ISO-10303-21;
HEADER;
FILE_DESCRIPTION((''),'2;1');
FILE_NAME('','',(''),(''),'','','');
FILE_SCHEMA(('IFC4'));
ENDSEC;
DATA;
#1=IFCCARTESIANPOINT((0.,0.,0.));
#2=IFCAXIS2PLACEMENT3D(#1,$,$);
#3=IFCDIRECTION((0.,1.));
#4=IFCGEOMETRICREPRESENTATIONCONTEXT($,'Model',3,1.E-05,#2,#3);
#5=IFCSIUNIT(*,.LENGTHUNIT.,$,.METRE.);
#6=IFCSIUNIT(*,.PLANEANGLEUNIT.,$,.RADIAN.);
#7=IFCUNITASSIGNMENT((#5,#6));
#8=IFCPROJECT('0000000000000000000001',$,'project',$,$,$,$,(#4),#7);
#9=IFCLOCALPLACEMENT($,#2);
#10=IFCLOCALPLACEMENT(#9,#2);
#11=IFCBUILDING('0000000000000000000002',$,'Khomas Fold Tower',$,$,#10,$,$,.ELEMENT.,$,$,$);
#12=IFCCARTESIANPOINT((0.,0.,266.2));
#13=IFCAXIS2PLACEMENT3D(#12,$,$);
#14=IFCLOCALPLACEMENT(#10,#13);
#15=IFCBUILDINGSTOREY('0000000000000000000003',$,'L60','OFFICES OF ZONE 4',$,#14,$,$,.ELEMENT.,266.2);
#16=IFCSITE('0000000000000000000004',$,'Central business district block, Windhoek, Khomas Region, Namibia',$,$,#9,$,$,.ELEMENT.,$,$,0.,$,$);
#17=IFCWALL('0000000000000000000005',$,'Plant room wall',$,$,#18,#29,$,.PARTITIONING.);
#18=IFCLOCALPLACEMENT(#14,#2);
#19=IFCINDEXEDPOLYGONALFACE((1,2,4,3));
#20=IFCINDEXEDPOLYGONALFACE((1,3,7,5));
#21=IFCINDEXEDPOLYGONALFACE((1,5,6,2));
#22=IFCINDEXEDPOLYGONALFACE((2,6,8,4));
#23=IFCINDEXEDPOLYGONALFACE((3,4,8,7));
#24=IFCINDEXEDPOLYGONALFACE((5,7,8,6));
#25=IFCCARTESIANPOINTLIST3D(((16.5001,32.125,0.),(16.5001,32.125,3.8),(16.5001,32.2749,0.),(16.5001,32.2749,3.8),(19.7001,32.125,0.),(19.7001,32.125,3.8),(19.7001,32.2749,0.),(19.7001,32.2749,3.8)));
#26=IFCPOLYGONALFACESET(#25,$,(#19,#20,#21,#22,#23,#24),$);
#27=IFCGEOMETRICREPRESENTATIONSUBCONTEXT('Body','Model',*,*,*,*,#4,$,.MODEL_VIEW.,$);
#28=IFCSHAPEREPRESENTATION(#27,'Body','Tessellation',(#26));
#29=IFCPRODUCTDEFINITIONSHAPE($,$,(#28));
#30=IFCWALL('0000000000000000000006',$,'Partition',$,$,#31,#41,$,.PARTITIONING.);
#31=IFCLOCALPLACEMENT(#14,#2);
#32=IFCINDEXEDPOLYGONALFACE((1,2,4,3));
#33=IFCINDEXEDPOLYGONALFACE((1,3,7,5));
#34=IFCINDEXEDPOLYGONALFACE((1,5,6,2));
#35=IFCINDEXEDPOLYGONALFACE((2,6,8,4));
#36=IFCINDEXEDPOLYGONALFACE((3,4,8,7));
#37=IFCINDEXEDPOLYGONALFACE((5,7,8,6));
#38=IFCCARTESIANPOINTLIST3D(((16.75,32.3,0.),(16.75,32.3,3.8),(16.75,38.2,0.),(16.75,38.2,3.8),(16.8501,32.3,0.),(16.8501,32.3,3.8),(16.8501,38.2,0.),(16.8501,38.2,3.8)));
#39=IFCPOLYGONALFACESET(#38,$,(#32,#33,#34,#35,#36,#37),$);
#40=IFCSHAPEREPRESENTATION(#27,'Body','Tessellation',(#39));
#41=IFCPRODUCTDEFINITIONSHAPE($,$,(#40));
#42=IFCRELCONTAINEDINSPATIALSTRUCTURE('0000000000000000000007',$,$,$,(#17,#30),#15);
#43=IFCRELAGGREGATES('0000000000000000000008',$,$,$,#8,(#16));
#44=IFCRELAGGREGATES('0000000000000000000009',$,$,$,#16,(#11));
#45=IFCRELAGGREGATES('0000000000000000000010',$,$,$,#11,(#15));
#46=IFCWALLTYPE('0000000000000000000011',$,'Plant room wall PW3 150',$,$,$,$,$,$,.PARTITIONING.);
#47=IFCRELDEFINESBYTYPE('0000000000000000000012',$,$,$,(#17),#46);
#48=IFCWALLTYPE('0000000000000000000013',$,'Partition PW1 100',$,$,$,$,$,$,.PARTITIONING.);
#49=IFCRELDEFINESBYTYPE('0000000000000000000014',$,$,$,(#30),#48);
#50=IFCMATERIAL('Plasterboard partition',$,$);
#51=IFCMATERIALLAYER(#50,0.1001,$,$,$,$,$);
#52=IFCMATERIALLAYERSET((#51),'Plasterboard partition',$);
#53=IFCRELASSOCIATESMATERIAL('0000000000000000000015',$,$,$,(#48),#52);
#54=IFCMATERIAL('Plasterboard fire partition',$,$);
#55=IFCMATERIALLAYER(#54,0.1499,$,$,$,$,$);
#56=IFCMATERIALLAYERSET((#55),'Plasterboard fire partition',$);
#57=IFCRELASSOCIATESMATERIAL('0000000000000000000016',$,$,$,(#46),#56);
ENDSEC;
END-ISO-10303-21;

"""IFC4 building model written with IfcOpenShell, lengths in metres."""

from ifc_helpers import new_model, si_unit, direction, frame, frame_2d, origin, place, context, subcontext, project, spatial, rectangle, extrude, source, transform, mapped, material, layer, layer_set, type_object, element, save


model = new_model("IFC4")

# Units and contexts
model_context = context("Model", 3, precision=1e-05, world=origin(), true_north=direction((0.0, 1.0)))
body_context = subcontext(model_context, "Body", "Model", "MODEL_VIEW")
ifc_project = project(units=[si_unit("LENGTHUNIT", "METRE"), si_unit("PLANEANGLEUNIT", "RADIAN")], contexts=[model_context])

# Site, building, storey
site_placement = place(None, origin())
site = spatial("IfcSite", under=ifc_project, at=site_placement, Name="Central business district block, Windhoek, Khomas Region, Namibia", CompositionType="ELEMENT", RefElevation=0.0)
building_placement = place(site_placement, origin())
building = spatial("IfcBuilding", under=site, at=building_placement, Name="Khomas Fold Tower", CompositionType="ELEMENT")
storey_placement = place(building_placement, frame((0.0, 0.0, 266.2)))
storey = spatial("IfcBuildingStorey", under=building, at=storey_placement, Name="L60", Description="OFFICES OF ZONE 4", CompositionType="ELEMENT", Elevation=266.2)

# Shared definitions
ifc_material_1 = material(Name="Plasterboard partition")
ifc_layer_1 = layer(ifc_material_1, 0.1001)
ifc_layer_set_1 = layer_set([ifc_layer_1], Name="Plasterboard partition")
wall_type_1 = type_object("IfcWallType", Name="Partition PW1 100", PredefinedType="PARTITIONING", material=ifc_layer_set_1)

# Walls
ifc_material_2 = material(Name="Plasterboard fire partition")
ifc_layer_2 = layer(ifc_material_2, 0.1499)
ifc_layer_set_2 = layer_set([ifc_layer_2], Name="Plasterboard fire partition")
wall_type_2 = type_object("IfcWallType", Name="Plant room wall PW3 150", PredefinedType="PARTITIONING", material=ifc_layer_set_2)
shared_shape_1 = source(origin(), body_context, "Body", "SweptSolid", [
    extrude(rectangle(XDim=3.2, YDim=0.1499, at=frame_2d((1.6001, 0.0))), origin(), (0.0, 0.0, 1.0), 3.8),
])
wall_1_placement = place(storey_placement, frame((16.5, 32.2, 0.0), z_axis=(0.0, 0.0, 1.0), x_axis=(1.0, 0.0, 0.0)))
element("IfcWall", 1, at=wall_1_placement, inside=storey, type_object=wall_type_2, Name="Plant room wall", PredefinedType="PARTITIONING", context=body_context, shape_type="MappedRepresentation", body=[
    mapped(shared_shape_1, transform((0.0, 0.0, 0.0))),
])
shared_shape_2 = source(origin(), body_context, "Body", "SweptSolid", [
    extrude(rectangle(XDim=5.8999, YDim=0.1001, at=frame_2d((2.95, 0.0))), origin(), (0.0, 0.0, 1.0), 3.8),
])
wall_2_placement = place(storey_placement, frame((16.8, 32.3, 0.0), z_axis=(0.0, 0.0, 1.0), x_axis=(0.0, 1.0, 0.0)))
element("IfcWall", 2, at=wall_2_placement, inside=storey, type_object=wall_type_1, Name="Partition", PredefinedType="PARTITIONING", context=body_context, shape_type="MappedRepresentation", body=[
    mapped(shared_shape_2, transform((0.0, 0.0, 0.0))),
])

save(model, "model.ifc")
